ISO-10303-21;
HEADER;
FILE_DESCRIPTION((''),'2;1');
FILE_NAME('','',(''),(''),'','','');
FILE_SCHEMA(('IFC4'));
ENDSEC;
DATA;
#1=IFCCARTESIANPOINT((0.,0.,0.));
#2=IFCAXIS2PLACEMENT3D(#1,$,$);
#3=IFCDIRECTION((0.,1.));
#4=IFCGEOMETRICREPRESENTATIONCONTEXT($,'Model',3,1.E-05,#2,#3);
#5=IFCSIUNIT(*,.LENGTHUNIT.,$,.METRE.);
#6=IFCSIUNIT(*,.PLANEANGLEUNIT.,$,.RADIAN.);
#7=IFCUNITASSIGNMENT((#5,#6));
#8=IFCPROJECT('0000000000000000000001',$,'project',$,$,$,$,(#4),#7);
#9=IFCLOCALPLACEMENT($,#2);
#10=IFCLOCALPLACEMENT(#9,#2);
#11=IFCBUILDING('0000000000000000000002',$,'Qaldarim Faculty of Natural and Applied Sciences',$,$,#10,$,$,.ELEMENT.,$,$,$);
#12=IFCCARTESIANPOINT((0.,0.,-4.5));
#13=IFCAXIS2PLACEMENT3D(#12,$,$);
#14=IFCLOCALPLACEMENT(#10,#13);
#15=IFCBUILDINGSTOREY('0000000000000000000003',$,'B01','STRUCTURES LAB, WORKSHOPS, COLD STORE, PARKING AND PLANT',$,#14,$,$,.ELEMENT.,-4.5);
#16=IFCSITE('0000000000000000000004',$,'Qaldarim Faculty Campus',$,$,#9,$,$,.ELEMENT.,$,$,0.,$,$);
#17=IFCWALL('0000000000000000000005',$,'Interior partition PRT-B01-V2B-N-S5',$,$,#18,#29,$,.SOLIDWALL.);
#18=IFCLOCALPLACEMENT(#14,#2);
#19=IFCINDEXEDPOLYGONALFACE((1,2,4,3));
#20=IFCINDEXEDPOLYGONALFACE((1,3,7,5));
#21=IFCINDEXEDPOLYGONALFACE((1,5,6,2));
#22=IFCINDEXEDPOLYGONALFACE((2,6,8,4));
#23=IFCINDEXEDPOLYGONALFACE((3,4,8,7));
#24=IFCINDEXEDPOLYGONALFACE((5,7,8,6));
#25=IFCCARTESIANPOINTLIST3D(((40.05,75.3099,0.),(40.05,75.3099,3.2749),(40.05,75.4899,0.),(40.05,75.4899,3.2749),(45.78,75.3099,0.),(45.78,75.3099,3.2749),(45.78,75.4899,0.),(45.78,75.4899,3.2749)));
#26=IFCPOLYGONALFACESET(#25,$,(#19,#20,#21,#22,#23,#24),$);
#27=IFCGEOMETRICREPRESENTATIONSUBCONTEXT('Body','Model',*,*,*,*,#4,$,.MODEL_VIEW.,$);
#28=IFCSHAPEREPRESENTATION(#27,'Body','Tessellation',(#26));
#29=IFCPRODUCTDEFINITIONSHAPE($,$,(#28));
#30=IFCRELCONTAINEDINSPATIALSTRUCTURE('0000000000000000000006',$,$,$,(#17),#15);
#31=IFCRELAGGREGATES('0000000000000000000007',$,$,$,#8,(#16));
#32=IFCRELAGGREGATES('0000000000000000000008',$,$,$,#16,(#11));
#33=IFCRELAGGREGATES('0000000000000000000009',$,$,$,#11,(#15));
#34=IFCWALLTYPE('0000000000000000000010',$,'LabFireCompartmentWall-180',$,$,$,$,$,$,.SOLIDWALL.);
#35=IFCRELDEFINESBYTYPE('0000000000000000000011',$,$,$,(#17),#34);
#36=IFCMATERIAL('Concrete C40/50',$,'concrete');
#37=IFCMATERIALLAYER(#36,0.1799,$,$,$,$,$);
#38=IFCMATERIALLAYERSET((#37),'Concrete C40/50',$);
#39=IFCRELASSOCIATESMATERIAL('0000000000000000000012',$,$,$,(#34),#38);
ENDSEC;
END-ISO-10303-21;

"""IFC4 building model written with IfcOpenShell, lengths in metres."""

from ifc_helpers import new_model, si_unit, direction, frame, frame_2d, origin, place, context, subcontext, project, spatial, rectangle, extrude, material, layer, layer_set, type_object, element, save


model = new_model("IFC4")

# Units and contexts
model_context = context("Model", 3, precision=1e-05, world=origin(), true_north=direction((0.0, 1.0)))
body_context = subcontext(model_context, "Body", "Model", "MODEL_VIEW")
ifc_project = project(units=[si_unit("LENGTHUNIT", "METRE"), si_unit("PLANEANGLEUNIT", "RADIAN")], contexts=[model_context])

# Site, building, storey
site_placement = place(None, origin())
site = spatial("IfcSite", under=ifc_project, at=site_placement, Name="Qaldarim Faculty Campus", CompositionType="ELEMENT", RefElevation=0.0)
building_placement = place(site_placement, origin())
building = spatial("IfcBuilding", under=site, at=building_placement, Name="Qaldarim Faculty of Natural and Applied Sciences", CompositionType="ELEMENT")
storey_placement = place(building_placement, frame((0.0, 0.0, -4.5)))
storey = spatial("IfcBuildingStorey", under=building, at=storey_placement, Name="B01", Description="STRUCTURES LAB, WORKSHOPS, COLD STORE, PARKING AND PLANT", CompositionType="ELEMENT", Elevation=-4.5)

# Shared definitions
ifc_material_1 = material(Name="Concrete C40/50", Category="concrete")

# Wall
ifc_layer_1 = layer(ifc_material_1, 0.1799)
ifc_layer_set_1 = layer_set([ifc_layer_1], Name="Concrete C40/50")
wall_type_1 = type_object("IfcWallType", Name="LabFireCompartmentWall-180", PredefinedType="SOLIDWALL", material=ifc_layer_set_1)
wall_placement = place(storey_placement, frame((40.05, 75.3999, 0.0), z_axis=(0.0, 0.0, 1.0), x_axis=(1.0, 0.0, 0.0)))
element("IfcWall", 1, at=wall_placement, inside=storey, type_object=wall_type_1, Name="Interior partition PRT-B01-V2B-N-S5", PredefinedType="SOLIDWALL", context=body_context, shape_type="SweptSolid", body=[
    extrude(rectangle(XDim=5.73, YDim=0.1799, at=frame_2d((2.865, 0.0))), origin(), (0.0, 0.0, 1.0), 3.2749),
])

save(model, "model.ifc")
